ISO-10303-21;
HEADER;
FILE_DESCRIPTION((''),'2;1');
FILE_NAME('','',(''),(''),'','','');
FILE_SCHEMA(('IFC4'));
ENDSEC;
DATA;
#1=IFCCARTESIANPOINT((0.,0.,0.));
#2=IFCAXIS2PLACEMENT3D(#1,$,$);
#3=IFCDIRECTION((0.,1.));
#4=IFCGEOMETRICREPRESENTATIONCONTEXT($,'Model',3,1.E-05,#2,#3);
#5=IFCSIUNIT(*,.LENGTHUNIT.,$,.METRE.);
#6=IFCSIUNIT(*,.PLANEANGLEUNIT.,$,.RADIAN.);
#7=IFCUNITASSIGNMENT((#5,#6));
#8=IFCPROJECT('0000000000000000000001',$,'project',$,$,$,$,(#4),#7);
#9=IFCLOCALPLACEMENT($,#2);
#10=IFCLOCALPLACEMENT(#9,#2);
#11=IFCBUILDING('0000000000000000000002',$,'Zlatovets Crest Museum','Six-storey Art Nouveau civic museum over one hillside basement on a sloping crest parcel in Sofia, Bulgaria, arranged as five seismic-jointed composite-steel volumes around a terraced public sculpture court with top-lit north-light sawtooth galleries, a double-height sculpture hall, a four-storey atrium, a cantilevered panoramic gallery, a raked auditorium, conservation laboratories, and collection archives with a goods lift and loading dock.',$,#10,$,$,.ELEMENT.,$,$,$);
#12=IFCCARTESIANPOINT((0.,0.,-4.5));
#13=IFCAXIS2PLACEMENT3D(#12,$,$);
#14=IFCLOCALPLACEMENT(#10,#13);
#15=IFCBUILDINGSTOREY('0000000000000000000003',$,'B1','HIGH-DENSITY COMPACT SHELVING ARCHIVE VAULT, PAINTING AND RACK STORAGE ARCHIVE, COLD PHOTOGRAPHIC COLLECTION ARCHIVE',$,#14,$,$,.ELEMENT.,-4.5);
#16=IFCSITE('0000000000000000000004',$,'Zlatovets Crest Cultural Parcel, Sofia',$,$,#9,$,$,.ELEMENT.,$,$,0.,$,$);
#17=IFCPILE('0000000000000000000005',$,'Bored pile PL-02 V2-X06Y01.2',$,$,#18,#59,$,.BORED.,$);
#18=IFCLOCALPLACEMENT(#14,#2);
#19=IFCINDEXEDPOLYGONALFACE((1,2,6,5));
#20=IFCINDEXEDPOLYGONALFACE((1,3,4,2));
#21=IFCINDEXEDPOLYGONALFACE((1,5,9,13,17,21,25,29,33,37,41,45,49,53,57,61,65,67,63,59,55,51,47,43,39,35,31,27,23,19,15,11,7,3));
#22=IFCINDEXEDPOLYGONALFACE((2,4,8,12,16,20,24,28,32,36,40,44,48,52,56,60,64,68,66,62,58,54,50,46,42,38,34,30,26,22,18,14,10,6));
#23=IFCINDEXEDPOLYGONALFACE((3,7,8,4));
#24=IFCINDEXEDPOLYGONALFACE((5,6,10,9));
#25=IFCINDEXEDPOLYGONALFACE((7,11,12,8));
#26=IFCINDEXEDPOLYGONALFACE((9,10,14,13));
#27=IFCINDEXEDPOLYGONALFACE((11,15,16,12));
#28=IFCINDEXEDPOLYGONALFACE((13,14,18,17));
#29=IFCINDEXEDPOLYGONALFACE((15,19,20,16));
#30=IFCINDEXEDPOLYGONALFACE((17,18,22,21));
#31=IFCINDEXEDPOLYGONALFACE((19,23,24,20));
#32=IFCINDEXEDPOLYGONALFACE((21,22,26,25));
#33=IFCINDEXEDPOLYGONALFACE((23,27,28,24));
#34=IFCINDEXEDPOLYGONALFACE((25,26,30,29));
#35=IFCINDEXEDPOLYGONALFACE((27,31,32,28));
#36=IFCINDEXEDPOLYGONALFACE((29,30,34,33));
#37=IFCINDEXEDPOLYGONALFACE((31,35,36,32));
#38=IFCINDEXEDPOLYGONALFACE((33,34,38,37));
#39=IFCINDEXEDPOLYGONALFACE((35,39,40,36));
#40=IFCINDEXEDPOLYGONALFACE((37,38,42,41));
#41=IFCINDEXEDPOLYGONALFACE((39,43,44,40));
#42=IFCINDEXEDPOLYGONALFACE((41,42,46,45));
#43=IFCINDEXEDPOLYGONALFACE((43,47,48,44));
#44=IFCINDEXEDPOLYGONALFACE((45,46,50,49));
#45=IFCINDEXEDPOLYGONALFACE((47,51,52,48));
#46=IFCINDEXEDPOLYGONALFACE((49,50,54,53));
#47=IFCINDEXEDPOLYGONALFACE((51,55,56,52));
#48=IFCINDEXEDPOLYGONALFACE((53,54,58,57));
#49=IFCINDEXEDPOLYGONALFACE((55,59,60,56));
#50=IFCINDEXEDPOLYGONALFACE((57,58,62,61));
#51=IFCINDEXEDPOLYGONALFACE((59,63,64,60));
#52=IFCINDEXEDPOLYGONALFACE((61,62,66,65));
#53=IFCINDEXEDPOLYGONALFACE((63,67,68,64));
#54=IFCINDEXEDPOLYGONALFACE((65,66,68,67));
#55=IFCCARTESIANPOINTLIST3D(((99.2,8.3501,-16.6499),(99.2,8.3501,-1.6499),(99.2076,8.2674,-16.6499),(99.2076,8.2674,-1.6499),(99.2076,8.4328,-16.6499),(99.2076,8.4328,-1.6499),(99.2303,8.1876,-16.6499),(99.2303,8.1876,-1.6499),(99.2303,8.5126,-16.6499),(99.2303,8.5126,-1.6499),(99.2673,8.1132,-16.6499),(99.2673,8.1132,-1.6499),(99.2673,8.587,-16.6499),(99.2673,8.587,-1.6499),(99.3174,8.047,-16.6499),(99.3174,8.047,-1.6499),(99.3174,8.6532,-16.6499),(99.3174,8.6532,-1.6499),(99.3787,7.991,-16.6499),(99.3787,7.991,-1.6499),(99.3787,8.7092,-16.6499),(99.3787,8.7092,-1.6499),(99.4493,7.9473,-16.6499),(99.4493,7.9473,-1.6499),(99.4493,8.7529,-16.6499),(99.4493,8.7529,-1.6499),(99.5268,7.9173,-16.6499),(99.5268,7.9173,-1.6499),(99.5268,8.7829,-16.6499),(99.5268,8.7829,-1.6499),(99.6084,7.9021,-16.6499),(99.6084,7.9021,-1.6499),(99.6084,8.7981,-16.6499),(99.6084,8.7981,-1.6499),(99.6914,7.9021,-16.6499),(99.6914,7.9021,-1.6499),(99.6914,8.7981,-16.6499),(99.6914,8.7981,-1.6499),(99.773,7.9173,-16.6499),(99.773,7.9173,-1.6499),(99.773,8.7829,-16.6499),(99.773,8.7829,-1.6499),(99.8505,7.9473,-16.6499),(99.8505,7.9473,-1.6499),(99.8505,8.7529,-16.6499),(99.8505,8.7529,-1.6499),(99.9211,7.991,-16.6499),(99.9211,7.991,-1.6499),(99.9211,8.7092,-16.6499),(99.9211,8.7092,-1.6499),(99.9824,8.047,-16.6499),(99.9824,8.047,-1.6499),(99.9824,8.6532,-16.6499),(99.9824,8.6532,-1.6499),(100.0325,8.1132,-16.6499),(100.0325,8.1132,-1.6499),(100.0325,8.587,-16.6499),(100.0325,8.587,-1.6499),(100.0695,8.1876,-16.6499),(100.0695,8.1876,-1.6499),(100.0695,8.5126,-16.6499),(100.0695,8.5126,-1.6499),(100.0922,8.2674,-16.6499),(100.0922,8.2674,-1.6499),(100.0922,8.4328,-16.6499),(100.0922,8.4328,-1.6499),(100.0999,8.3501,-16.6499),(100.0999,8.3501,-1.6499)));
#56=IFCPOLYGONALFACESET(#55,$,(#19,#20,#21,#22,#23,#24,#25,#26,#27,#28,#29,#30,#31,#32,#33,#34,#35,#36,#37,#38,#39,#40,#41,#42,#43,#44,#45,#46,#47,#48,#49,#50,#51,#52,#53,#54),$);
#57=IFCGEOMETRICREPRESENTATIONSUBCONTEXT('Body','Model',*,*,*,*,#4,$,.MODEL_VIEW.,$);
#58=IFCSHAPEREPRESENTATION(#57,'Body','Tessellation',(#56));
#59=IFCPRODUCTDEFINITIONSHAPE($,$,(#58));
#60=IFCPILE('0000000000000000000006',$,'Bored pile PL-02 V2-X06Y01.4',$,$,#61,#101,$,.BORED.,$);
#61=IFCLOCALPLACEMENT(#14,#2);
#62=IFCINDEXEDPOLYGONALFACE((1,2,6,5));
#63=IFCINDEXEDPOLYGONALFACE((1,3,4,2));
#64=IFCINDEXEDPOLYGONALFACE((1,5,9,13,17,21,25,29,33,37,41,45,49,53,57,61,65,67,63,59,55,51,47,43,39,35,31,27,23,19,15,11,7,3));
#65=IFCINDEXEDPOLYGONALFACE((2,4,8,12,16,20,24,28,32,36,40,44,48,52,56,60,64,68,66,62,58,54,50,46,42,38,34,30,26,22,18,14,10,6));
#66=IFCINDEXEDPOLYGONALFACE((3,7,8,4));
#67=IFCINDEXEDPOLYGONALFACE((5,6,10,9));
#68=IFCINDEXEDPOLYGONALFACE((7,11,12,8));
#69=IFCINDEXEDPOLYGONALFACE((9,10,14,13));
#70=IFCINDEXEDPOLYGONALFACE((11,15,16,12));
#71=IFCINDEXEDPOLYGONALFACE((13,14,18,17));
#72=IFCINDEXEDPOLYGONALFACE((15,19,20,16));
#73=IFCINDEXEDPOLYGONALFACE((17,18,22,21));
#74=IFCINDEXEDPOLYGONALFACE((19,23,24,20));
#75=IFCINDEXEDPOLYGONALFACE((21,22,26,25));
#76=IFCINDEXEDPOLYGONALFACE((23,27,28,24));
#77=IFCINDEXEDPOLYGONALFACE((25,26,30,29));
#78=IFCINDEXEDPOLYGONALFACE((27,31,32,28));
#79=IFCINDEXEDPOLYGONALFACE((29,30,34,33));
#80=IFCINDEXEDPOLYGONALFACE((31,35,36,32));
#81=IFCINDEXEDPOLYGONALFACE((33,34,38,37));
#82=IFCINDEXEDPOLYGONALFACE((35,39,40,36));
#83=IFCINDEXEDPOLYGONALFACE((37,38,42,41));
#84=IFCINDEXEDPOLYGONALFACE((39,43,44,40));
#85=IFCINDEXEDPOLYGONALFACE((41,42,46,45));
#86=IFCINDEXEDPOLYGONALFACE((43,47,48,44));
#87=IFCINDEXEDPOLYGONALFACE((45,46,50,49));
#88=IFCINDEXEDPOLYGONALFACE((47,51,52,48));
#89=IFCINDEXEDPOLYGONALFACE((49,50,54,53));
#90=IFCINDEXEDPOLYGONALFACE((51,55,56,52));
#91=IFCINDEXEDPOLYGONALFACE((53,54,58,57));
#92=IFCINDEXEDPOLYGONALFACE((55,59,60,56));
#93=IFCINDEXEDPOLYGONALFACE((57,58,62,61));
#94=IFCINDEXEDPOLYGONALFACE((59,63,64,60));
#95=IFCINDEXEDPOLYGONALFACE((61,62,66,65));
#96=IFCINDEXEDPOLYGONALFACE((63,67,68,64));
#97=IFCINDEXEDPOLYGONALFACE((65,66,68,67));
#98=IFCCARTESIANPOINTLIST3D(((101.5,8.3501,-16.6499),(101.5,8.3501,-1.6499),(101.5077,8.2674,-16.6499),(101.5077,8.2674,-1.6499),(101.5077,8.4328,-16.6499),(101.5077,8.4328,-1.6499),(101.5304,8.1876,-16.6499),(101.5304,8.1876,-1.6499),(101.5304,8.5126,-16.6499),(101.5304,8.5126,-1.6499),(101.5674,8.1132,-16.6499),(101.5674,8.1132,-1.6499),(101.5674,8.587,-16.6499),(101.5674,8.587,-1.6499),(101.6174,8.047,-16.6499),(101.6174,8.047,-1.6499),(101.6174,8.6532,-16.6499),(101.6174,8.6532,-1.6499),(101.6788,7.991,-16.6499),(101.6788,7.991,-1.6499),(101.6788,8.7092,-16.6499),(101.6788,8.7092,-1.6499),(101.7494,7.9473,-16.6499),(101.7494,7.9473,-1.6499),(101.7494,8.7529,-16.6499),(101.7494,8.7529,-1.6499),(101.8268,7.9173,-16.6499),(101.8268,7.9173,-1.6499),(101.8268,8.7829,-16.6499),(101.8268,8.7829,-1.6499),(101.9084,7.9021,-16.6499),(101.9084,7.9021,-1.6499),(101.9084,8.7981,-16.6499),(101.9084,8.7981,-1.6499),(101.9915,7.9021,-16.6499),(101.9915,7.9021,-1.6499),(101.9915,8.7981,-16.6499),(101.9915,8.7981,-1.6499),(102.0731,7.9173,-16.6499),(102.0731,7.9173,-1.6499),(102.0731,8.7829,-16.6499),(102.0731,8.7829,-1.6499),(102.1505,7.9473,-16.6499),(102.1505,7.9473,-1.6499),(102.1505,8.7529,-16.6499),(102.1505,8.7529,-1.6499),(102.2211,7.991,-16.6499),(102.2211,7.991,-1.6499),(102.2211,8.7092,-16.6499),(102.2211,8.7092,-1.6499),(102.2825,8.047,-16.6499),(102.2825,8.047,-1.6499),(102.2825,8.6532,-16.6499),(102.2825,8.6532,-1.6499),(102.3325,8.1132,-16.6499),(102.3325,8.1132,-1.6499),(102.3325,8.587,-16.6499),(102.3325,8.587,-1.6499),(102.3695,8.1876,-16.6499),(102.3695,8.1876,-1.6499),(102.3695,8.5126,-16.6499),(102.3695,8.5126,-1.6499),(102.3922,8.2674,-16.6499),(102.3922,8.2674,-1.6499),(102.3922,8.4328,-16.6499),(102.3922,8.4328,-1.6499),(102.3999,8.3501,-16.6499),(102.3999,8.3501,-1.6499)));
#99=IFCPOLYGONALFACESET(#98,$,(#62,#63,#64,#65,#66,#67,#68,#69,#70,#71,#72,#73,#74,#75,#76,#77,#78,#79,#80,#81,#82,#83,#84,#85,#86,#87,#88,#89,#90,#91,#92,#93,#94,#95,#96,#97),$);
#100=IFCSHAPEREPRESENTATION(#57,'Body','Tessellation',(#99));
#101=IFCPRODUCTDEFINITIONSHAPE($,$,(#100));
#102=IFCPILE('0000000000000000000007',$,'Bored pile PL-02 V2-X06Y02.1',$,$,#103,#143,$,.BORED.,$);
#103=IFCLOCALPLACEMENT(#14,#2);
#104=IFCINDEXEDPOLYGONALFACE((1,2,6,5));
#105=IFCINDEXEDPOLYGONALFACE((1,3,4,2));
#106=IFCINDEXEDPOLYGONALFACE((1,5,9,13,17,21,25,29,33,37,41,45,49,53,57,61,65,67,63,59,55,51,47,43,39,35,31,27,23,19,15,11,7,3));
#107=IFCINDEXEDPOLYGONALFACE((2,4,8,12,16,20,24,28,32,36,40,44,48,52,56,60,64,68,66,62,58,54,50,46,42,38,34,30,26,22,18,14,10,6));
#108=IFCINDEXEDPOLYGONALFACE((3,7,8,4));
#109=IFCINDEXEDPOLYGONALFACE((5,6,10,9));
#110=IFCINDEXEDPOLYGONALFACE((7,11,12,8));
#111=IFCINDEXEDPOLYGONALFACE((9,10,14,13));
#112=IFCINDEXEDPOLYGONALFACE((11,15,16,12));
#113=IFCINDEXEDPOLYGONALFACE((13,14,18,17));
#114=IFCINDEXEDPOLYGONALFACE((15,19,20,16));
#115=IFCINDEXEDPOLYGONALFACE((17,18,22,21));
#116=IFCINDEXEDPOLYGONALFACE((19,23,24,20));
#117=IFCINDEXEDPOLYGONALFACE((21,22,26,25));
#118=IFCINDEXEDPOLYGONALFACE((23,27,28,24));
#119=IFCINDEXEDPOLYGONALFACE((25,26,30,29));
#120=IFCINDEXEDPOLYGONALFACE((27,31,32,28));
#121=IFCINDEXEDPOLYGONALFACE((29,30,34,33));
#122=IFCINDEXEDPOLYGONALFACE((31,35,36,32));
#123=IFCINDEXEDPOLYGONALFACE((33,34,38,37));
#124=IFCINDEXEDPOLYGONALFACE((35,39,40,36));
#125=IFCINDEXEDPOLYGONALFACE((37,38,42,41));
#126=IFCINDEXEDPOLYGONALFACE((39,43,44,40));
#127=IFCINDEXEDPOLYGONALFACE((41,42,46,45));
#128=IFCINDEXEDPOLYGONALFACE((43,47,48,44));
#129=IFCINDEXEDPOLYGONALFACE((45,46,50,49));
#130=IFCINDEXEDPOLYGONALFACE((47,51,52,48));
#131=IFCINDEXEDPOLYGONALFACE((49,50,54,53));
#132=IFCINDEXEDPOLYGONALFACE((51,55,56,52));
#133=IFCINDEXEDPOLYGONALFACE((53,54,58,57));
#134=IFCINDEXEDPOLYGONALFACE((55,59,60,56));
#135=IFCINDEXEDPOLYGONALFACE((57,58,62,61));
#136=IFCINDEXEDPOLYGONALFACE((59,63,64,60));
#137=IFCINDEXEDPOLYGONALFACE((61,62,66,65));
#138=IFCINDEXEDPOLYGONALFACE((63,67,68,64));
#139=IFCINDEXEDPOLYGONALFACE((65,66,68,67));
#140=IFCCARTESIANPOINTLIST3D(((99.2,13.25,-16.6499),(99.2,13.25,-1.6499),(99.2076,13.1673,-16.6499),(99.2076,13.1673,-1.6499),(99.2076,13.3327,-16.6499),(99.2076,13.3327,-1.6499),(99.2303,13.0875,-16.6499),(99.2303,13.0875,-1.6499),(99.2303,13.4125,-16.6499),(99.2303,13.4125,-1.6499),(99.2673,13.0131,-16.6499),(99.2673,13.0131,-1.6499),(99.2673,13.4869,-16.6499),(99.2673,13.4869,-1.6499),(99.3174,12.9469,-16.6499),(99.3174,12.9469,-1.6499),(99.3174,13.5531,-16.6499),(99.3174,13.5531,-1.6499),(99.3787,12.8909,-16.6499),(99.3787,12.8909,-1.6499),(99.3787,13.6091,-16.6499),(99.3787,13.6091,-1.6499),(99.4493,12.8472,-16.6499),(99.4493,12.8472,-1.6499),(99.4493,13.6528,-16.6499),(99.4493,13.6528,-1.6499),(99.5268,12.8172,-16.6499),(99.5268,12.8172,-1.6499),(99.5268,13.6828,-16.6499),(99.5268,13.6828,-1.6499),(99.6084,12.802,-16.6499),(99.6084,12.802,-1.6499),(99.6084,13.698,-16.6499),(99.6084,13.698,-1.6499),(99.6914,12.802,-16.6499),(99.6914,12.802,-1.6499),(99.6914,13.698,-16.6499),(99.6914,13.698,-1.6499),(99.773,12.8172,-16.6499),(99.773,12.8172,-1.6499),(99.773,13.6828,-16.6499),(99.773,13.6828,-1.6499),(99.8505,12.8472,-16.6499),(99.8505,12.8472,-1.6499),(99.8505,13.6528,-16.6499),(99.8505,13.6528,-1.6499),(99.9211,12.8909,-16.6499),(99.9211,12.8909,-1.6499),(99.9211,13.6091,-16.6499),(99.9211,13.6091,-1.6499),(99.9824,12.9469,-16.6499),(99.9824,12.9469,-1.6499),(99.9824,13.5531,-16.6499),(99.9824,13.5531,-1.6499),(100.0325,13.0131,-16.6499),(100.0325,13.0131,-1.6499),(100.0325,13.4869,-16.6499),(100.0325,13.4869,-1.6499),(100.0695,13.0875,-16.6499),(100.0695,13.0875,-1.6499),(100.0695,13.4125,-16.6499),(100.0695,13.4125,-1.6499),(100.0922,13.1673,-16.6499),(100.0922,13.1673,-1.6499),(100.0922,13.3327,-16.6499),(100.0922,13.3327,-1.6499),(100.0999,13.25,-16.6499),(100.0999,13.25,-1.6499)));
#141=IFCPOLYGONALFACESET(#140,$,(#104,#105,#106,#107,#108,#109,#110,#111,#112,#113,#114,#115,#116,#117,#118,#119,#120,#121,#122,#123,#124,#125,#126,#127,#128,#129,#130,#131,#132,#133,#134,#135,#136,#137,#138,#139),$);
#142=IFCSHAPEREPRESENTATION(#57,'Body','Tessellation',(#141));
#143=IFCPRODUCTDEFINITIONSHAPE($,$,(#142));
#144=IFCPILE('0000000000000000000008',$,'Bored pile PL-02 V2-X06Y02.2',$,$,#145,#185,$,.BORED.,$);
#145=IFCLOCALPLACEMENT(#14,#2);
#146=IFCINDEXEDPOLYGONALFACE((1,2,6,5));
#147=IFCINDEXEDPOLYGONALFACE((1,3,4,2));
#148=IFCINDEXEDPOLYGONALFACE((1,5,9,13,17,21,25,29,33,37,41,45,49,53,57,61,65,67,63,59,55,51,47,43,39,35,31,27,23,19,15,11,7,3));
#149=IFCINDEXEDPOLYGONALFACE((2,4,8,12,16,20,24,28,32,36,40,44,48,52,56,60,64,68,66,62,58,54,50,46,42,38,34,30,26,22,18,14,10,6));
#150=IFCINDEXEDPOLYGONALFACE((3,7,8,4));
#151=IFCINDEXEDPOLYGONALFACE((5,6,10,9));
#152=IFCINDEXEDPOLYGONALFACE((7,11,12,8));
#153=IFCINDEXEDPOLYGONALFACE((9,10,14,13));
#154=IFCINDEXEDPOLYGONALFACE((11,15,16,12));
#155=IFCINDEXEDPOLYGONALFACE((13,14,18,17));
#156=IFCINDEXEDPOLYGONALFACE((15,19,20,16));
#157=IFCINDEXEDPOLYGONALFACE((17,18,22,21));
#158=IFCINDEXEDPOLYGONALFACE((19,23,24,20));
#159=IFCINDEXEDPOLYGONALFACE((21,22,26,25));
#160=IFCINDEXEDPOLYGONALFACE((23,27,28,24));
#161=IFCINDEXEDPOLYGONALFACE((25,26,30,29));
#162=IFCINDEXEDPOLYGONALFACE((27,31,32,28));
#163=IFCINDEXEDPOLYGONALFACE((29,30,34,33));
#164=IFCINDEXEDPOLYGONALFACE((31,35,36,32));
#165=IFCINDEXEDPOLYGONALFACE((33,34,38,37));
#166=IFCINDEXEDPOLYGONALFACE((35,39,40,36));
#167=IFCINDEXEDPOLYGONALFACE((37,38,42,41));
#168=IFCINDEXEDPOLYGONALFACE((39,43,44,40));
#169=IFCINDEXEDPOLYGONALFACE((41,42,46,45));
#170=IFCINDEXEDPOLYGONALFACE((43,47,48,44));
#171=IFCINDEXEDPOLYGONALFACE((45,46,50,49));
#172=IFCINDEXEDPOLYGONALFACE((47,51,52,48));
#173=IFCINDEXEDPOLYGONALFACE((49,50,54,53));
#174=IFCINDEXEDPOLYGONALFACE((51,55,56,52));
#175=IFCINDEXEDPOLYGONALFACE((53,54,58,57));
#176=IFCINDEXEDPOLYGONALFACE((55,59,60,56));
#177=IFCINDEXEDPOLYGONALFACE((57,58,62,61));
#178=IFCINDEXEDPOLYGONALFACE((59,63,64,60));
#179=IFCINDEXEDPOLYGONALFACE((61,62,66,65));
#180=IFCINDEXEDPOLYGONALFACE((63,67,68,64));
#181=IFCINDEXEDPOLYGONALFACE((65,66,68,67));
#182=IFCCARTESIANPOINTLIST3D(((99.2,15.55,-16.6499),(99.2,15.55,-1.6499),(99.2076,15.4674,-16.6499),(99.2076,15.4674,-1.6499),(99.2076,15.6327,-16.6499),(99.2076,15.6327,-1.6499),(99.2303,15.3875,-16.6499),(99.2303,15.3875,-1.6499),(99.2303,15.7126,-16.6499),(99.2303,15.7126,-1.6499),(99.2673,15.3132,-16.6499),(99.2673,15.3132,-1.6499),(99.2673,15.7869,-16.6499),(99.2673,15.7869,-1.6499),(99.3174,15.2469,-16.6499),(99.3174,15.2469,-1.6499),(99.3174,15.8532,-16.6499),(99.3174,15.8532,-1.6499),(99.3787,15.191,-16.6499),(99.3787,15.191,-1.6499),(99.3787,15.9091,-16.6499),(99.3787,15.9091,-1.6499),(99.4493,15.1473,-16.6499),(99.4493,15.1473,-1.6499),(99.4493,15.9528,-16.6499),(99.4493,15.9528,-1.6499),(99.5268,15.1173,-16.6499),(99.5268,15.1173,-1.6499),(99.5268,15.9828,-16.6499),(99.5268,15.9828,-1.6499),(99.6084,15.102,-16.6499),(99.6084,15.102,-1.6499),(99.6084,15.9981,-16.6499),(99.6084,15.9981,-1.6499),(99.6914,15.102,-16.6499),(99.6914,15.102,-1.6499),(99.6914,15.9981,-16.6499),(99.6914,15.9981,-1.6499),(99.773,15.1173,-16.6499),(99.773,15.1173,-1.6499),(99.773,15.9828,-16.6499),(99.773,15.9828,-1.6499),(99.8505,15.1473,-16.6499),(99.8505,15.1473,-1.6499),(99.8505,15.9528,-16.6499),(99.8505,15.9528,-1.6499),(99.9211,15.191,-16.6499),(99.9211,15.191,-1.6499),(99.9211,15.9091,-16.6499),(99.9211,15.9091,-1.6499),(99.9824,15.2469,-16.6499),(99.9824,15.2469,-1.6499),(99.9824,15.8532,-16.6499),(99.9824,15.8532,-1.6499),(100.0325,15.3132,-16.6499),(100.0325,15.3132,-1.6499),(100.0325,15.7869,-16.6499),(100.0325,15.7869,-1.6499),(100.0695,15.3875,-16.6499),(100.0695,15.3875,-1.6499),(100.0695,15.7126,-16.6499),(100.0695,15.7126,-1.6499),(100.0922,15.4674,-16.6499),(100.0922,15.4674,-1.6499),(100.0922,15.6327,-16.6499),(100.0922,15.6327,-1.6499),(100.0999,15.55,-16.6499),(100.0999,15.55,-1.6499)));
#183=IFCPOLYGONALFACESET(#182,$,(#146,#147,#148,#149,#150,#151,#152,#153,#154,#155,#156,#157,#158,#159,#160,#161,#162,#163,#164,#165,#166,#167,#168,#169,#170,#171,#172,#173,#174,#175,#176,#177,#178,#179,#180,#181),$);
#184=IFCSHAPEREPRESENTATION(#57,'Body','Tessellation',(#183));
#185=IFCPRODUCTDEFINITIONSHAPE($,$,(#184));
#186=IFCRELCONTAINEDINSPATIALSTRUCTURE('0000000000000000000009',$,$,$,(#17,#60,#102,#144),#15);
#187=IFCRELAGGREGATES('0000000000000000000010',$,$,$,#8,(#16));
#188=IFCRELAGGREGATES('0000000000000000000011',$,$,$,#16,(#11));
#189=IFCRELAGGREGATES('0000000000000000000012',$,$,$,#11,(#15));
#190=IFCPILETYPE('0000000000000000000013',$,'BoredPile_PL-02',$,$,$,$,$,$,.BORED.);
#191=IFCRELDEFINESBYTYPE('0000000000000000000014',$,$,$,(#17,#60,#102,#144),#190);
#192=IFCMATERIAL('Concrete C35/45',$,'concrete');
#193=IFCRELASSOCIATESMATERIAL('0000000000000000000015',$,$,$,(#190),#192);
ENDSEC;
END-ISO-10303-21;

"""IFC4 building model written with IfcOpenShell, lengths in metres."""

from ifc_helpers import new_model, si_unit, direction, frame, origin, origin_2d, place, context, subcontext, project, spatial, circle, extrude, material, material_profile, profile_set, type_object, element, save


model = new_model("IFC4")

# Units and contexts
model_context = context("Model", 3, precision=1e-05, world=origin(), true_north=direction((0.0, 1.0)))
body_context = subcontext(model_context, "Body", "Model", "MODEL_VIEW")
ifc_project = project(units=[si_unit("LENGTHUNIT", "METRE"), si_unit("PLANEANGLEUNIT", "RADIAN")], contexts=[model_context])

# Site, building, storey
site_placement = place(None, origin())
site = spatial("IfcSite", under=ifc_project, at=site_placement, Name="Zlatovets Crest Cultural Parcel, Sofia", CompositionType="ELEMENT", RefElevation=0.0)
building_placement = place(site_placement, origin())
building = spatial("IfcBuilding", under=site, at=building_placement, Name="Zlatovets Crest Museum", Description="Six-storey Art Nouveau civic museum over one hillside basement on a sloping crest parcel in Sofia, Bulgaria, arranged as five seismic-jointed composite-steel volumes around a terraced public sculpture court with top-lit north-light sawtooth galleries, a double-height sculpture hall, a four-storey atrium, a cantilevered panoramic gallery, a raked auditorium, conservation laboratories, and collection archives with a goods lift and loading dock.", CompositionType="ELEMENT")
storey_placement = place(building_placement, frame((0.0, 0.0, -4.5)))
storey = spatial("IfcBuildingStorey", under=building, at=storey_placement, Name="B1", Description="HIGH-DENSITY COMPACT SHELVING ARCHIVE VAULT, PAINTING AND RACK STORAGE ARCHIVE, COLD PHOTOGRAPHIC COLLECTION ARCHIVE", CompositionType="ELEMENT", Elevation=-4.5)

# Piles
ifc_material_1 = material(Name="Concrete C35/45", Category="concrete")
ifc_material_profile_1 = material_profile(ifc_material_1, circle(Radius=0.45, at=origin_2d()), Name="PILE D900")
ifc_profile_set_1 = profile_set([ifc_material_profile_1], Name="Concrete C35/45")
pile_type = type_object("IfcPileType", Name="BoredPile_PL-02", PredefinedType="BORED", material=ifc_profile_set_1)
for number, where, z_axis, x_axis, name in (
    (1, (99.6499, 8.3501, -1.6499), (0.0, 0.0, -1.0), (1.0, 0.0, 0.0), "Bored pile PL-02 V2-X06Y01.2"),
    (2, (101.95, 8.3501, -1.6499), (0.0, 0.0, -1.0), (1.0, 0.0, 0.0), "Bored pile PL-02 V2-X06Y01.4"),
    (3, (99.6499, 13.25, -1.6499), (0.0, 0.0, -1.0), (1.0, 0.0, 0.0), "Bored pile PL-02 V2-X06Y02.1"),
    (4, (99.6499, 15.55, -1.6499), (0.0, 0.0, -1.0), (1.0, 0.0, 0.0), "Bored pile PL-02 V2-X06Y02.2"),
):
    element("IfcPile", number, at=place(storey_placement, frame(where, z_axis=z_axis, x_axis=x_axis)), inside=storey, type_object=pile_type, Name=name, PredefinedType="BORED", context=body_context, shape_type="SweptSolid", body=[
        extrude(circle(Radius=0.45, at=origin_2d()), origin(), (0.0, 0.0, 1.0), 15.0),
    ])

save(model, "model.ifc")
